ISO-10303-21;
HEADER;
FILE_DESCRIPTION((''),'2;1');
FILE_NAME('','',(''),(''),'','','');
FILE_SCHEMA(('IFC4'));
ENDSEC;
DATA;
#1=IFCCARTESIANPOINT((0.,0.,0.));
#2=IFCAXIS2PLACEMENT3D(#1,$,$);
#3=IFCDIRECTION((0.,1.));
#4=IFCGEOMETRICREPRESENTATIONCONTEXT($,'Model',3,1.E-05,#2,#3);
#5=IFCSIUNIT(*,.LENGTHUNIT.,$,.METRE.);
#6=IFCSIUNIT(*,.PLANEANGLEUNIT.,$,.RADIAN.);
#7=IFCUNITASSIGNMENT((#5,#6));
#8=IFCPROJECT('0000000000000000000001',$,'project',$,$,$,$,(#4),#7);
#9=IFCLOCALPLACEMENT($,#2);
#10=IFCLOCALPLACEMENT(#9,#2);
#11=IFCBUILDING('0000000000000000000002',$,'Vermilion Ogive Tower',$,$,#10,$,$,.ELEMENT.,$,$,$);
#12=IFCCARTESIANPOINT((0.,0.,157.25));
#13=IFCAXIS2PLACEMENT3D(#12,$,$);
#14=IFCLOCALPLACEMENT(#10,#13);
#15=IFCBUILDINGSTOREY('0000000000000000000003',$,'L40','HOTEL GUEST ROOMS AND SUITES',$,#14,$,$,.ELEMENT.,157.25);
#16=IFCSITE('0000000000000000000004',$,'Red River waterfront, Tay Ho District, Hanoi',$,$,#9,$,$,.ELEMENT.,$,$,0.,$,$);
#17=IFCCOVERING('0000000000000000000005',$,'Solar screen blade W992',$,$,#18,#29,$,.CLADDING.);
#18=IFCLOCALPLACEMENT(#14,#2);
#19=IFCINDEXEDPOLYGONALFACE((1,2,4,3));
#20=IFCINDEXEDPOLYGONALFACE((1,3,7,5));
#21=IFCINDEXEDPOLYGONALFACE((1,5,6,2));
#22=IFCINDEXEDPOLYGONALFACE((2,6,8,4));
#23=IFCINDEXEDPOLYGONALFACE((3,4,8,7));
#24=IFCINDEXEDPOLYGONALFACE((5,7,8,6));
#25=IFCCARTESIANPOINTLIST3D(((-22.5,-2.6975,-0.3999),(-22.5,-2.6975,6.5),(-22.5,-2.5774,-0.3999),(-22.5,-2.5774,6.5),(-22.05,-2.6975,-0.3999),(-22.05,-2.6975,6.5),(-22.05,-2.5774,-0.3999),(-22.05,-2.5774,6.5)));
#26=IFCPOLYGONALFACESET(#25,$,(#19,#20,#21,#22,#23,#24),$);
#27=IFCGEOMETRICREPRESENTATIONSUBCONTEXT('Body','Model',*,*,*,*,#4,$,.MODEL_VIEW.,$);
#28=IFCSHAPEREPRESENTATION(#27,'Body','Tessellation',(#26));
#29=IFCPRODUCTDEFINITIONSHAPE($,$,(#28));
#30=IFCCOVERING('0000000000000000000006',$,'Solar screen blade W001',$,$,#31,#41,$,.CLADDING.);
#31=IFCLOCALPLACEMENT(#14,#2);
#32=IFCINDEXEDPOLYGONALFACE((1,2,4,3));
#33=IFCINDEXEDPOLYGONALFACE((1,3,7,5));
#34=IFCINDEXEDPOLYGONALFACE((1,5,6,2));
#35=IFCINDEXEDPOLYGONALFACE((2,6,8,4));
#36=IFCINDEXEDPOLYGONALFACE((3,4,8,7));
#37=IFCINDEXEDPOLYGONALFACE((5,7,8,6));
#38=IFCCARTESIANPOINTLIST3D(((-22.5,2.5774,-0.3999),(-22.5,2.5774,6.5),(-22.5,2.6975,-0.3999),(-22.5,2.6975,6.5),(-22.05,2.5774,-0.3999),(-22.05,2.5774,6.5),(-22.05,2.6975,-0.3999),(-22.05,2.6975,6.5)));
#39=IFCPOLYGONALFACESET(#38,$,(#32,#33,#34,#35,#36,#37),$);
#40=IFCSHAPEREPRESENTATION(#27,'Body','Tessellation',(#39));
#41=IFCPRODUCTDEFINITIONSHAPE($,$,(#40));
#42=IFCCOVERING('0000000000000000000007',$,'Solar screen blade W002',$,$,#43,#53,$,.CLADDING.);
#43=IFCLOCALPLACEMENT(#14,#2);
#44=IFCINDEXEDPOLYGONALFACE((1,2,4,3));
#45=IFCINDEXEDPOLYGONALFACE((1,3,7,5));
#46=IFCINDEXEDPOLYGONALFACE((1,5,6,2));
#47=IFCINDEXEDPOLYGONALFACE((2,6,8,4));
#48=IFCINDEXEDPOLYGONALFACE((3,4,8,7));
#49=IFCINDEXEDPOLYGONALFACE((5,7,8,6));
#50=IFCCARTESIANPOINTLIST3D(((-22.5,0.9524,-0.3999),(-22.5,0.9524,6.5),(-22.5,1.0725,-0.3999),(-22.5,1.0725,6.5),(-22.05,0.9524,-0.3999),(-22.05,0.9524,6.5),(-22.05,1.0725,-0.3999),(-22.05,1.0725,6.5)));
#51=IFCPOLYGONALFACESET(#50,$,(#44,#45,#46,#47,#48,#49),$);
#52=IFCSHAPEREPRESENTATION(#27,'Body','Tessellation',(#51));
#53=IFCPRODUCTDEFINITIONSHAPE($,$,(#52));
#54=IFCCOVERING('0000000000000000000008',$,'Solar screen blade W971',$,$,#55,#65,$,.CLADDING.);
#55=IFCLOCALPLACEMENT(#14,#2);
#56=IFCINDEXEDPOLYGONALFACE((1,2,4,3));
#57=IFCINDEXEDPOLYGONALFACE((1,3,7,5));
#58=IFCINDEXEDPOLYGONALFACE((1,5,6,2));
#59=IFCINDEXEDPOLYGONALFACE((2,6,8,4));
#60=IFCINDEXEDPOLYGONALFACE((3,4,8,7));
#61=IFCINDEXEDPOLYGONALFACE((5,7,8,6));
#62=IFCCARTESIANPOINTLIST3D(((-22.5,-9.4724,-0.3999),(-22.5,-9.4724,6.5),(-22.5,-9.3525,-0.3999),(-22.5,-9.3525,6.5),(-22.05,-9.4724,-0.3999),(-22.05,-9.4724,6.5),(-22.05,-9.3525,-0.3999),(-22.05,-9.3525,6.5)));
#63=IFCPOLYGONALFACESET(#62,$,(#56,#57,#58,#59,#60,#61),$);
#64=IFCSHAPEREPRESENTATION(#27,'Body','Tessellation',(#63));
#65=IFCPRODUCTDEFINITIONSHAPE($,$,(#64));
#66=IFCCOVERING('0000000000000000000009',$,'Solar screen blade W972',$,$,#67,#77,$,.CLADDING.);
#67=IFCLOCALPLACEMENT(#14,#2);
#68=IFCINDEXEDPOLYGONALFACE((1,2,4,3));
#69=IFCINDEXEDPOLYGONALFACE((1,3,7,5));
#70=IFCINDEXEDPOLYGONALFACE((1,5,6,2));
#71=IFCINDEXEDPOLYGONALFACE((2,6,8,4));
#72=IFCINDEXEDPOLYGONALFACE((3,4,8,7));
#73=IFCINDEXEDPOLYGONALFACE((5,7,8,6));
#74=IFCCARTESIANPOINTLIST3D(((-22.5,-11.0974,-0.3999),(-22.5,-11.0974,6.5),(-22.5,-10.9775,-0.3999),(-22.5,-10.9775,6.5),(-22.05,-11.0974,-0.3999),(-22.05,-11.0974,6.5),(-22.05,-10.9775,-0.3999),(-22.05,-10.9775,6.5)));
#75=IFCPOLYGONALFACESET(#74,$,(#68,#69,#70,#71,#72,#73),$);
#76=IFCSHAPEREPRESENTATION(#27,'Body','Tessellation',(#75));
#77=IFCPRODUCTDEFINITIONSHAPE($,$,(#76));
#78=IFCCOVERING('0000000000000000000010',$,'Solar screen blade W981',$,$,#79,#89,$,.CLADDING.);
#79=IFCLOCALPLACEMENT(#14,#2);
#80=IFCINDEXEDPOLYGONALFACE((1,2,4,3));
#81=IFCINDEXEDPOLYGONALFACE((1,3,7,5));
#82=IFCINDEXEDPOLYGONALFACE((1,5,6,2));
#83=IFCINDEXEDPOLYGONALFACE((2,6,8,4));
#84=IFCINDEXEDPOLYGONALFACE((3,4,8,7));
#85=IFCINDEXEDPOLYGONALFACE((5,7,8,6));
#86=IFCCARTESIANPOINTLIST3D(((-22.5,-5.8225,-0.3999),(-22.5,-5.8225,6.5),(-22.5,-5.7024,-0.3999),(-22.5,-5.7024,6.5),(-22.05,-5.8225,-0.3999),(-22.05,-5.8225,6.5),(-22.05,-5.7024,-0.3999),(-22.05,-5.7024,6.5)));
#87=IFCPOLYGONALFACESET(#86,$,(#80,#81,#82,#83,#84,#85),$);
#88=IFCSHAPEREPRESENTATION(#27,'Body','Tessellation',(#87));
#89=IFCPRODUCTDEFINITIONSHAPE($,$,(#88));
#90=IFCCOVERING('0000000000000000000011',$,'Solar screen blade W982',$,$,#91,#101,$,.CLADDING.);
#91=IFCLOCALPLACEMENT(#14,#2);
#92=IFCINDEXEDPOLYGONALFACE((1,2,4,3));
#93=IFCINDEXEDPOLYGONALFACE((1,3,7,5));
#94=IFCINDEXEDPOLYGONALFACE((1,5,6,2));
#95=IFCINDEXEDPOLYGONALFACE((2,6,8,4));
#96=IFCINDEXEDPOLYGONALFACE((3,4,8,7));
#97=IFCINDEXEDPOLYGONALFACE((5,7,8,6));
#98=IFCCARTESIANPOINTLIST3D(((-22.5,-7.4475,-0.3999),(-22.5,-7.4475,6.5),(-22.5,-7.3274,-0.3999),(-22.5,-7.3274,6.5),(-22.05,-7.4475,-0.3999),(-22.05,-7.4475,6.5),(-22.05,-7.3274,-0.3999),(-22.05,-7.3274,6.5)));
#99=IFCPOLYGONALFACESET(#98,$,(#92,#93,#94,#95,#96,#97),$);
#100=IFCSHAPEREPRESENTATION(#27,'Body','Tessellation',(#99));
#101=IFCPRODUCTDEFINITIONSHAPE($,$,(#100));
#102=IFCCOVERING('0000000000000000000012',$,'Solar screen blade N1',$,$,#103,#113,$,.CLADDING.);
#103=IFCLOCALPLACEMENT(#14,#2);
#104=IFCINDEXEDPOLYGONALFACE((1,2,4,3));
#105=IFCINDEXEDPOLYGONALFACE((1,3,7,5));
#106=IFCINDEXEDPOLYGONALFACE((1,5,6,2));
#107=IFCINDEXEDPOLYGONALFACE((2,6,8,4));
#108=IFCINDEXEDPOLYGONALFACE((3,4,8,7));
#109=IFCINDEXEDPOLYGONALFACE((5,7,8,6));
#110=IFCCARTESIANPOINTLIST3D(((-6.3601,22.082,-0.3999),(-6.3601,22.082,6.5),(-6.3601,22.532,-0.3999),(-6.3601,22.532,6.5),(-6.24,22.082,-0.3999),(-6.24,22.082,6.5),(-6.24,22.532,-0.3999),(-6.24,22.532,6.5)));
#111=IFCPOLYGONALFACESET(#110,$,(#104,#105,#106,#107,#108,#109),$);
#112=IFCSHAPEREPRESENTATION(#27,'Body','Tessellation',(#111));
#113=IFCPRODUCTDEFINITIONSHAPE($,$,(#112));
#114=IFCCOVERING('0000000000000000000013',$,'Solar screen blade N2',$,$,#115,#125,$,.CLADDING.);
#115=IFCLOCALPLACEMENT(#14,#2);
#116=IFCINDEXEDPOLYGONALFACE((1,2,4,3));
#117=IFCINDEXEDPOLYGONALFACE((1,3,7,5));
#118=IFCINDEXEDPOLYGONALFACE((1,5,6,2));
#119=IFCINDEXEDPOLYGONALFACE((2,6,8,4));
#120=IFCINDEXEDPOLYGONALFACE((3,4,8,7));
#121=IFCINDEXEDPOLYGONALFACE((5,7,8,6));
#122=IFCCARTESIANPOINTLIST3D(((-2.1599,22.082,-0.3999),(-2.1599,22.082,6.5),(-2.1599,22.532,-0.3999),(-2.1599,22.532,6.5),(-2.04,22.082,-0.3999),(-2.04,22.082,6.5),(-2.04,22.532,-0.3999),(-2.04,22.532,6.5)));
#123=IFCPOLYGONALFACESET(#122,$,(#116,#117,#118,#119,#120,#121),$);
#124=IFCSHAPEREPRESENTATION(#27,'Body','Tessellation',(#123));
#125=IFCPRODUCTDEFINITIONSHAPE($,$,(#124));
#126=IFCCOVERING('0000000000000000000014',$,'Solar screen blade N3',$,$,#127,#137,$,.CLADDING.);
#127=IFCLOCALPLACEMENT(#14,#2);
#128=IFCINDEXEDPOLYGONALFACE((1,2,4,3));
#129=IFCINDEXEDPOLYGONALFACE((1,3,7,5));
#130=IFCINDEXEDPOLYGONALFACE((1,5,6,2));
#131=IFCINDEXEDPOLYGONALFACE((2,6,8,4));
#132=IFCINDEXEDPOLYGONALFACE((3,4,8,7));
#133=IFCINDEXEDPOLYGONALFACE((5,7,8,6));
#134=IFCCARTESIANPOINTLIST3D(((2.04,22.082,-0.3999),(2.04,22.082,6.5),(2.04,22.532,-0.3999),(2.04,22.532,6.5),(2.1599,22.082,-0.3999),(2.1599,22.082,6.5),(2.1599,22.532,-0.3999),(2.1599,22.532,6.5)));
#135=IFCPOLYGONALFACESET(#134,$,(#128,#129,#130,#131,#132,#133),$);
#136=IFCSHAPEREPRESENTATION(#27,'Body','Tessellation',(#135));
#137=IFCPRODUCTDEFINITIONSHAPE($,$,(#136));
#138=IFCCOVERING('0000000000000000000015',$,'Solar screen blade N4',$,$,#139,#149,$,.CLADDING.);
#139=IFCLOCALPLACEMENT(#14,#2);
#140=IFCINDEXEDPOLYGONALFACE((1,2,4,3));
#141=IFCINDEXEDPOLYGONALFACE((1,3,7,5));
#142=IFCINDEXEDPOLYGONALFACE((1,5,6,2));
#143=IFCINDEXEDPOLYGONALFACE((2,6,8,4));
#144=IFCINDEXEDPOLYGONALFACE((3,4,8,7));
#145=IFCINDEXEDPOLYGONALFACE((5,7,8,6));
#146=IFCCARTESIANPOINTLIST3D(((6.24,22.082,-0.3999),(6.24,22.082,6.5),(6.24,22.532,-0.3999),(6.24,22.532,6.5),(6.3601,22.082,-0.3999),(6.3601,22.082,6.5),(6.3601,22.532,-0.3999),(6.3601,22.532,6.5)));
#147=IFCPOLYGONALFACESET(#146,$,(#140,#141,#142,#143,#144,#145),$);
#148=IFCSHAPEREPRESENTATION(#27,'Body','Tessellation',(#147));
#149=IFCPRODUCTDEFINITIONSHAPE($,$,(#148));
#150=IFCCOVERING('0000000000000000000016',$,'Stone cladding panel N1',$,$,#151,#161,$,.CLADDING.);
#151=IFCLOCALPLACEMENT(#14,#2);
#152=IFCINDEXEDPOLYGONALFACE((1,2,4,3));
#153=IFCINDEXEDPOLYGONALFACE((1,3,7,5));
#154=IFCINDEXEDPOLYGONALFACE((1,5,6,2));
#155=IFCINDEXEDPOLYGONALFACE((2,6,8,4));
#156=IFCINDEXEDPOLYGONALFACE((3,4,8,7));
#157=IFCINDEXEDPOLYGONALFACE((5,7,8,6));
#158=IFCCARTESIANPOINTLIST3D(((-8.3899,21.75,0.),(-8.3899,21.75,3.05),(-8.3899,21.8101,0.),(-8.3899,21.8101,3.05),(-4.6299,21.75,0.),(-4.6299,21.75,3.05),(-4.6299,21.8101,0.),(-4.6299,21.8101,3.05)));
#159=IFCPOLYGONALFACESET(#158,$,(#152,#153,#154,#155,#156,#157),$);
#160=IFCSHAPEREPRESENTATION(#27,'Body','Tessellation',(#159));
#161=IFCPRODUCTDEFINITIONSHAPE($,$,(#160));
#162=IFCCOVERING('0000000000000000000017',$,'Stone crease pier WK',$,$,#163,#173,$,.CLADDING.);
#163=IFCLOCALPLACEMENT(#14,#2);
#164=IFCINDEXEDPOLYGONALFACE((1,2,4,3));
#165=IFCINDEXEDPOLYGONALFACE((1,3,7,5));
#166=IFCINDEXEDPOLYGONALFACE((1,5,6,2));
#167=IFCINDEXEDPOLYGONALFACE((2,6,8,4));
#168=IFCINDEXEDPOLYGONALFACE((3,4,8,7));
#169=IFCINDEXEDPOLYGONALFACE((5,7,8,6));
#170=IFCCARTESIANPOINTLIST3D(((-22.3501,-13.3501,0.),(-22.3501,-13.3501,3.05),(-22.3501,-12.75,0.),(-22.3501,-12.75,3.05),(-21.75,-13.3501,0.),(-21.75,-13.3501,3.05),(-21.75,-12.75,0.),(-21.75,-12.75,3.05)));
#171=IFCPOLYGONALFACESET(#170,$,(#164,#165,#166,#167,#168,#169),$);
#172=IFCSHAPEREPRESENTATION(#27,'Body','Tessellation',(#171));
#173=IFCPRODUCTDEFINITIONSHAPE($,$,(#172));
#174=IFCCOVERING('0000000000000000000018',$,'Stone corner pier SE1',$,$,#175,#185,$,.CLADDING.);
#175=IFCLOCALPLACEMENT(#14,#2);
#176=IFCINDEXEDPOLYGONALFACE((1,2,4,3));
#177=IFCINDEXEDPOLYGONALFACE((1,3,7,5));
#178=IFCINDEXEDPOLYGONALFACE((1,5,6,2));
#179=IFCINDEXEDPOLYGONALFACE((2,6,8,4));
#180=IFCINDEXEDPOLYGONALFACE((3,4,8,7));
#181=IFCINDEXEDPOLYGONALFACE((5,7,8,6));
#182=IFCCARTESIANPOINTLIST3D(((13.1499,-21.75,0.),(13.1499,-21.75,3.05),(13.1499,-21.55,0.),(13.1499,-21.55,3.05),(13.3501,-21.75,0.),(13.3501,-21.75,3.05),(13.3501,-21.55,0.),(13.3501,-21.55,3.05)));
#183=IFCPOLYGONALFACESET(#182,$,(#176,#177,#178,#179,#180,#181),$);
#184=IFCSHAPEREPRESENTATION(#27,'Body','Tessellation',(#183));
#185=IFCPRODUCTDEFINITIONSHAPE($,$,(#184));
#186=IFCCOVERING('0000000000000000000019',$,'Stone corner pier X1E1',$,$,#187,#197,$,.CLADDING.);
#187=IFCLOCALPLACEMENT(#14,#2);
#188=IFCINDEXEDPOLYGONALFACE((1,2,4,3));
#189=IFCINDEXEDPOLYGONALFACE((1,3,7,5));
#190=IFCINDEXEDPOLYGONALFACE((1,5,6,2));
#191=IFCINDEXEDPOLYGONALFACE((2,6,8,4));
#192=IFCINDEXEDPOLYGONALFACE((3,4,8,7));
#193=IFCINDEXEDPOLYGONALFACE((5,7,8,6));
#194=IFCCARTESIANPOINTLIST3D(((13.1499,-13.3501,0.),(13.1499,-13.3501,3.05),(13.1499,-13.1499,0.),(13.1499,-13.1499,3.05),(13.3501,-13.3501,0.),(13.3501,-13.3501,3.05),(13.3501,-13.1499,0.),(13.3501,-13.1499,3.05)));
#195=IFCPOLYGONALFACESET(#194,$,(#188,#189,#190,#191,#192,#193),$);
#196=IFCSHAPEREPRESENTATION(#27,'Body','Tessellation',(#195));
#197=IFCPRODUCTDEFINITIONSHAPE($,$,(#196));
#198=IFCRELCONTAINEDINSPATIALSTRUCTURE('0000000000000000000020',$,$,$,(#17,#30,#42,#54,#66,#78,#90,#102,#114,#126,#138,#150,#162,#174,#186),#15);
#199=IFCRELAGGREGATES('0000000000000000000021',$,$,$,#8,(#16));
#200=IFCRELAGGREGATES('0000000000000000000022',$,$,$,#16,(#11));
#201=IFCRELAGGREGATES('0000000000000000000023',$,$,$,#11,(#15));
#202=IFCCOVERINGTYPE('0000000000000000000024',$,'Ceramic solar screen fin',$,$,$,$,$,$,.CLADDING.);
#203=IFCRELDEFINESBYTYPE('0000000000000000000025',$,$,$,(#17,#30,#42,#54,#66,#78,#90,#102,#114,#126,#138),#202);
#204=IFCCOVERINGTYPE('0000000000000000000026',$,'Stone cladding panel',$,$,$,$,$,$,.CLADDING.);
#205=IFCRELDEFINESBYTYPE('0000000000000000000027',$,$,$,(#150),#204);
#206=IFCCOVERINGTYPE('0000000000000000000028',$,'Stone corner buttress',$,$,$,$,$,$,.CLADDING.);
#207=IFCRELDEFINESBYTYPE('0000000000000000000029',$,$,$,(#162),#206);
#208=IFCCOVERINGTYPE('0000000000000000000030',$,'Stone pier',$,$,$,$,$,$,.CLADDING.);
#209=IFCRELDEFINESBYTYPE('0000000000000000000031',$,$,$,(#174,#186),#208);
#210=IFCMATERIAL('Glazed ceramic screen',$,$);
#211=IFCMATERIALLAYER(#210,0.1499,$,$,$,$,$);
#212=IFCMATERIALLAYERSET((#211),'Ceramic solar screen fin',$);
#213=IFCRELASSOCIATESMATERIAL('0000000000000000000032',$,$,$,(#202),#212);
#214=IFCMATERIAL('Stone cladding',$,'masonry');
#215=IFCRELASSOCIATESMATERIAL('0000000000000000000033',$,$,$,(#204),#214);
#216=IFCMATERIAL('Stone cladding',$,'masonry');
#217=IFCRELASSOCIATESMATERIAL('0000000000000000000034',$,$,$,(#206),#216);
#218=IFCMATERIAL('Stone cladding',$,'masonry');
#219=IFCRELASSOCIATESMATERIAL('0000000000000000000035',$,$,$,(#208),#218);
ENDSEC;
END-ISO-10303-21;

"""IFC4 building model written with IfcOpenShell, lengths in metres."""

from ifc_helpers import new_model, si_unit, direction, frame, origin, place, context, subcontext, project, spatial, polyline, outline, extrude, material, layer, layer_set, type_object, element, save


model = new_model("IFC4")

# Units and contexts
model_context = context("Model", 3, precision=1e-05, world=origin(), true_north=direction((0.0, 1.0)))
body_context = subcontext(model_context, "Body", "Model", "MODEL_VIEW")
ifc_project = project(units=[si_unit("LENGTHUNIT", "METRE"), si_unit("PLANEANGLEUNIT", "RADIAN")], contexts=[model_context])

# Site, building, storey
site_placement = place(None, origin())
site = spatial("IfcSite", under=ifc_project, at=site_placement, Name="Red River waterfront, Tay Ho District, Hanoi", CompositionType="ELEMENT", RefElevation=0.0)
building_placement = place(site_placement, origin())
building = spatial("IfcBuilding", under=site, at=building_placement, Name="Vermilion Ogive Tower", CompositionType="ELEMENT")
storey_placement = place(building_placement, frame((0.0, 0.0, 157.25)))
storey = spatial("IfcBuildingStorey", under=building, at=storey_placement, Name="L40", Description="HOTEL GUEST ROOMS AND SUITES", CompositionType="ELEMENT", Elevation=157.25)

# Coverings
ifc_material_1 = material(Name="Glazed ceramic screen")
ifc_layer = layer(ifc_material_1, 0.1499)
ifc_layer_set = layer_set([ifc_layer], Name="Ceramic solar screen fin")
covering_type_1 = type_object("IfcCoveringType", Name="Ceramic solar screen fin", PredefinedType="CLADDING", material=ifc_layer_set)
covering_1_placement = place(storey_placement, frame((0.0, 0.0, -0.3999)))
element("IfcCovering", 1, at=covering_1_placement, inside=storey, type_object=covering_type_1, Name="Solar screen blade W992", PredefinedType="CLADDING", context=body_context, shape_type="SweptSolid", body=[
    extrude(outline(polyline([(-22.5, -2.5774), (-22.5, -2.6975), (-22.05, -2.6975), (-22.05, -2.5774), (-22.5, -2.5774)])), origin(), (0.0, 0.0, 1.0), 6.8999),
])
covering_2_placement = place(storey_placement, frame((0.0, 0.0, -0.3999)))
element("IfcCovering", 2, at=covering_2_placement, inside=storey, type_object=covering_type_1, Name="Solar screen blade W001", PredefinedType="CLADDING", context=body_context, shape_type="SweptSolid", body=[
    extrude(outline(polyline([(-22.5, 2.6975), (-22.5, 2.5774), (-22.05, 2.5774), (-22.05, 2.6975), (-22.5, 2.6975)])), origin(), (0.0, 0.0, 1.0), 6.8999),
])
covering_3_placement = place(storey_placement, frame((0.0, 0.0, -0.3999)))
element("IfcCovering", 3, at=covering_3_placement, inside=storey, type_object=covering_type_1, Name="Solar screen blade W002", PredefinedType="CLADDING", context=body_context, shape_type="SweptSolid", body=[
    extrude(outline(polyline([(-22.5, 1.0725), (-22.5, 0.9524), (-22.05, 0.9524), (-22.05, 1.0725), (-22.5, 1.0725)])), origin(), (0.0, 0.0, 1.0), 6.8999),
])
covering_4_placement = place(storey_placement, frame((0.0, 0.0, -0.3999)))
element("IfcCovering", 4, at=covering_4_placement, inside=storey, type_object=covering_type_1, Name="Solar screen blade W971", PredefinedType="CLADDING", context=body_context, shape_type="SweptSolid", body=[
    extrude(outline(polyline([(-22.5, -9.3525), (-22.5, -9.4724), (-22.05, -9.4724), (-22.05, -9.3525), (-22.5, -9.3525)])), origin(), (0.0, 0.0, 1.0), 6.8999),
])
covering_5_placement = place(storey_placement, frame((0.0, 0.0, -0.3999)))
element("IfcCovering", 5, at=covering_5_placement, inside=storey, type_object=covering_type_1, Name="Solar screen blade W972", PredefinedType="CLADDING", context=body_context, shape_type="SweptSolid", body=[
    extrude(outline(polyline([(-22.5, -10.9775), (-22.5, -11.0974), (-22.05, -11.0974), (-22.05, -10.9775), (-22.5, -10.9775)])), origin(), (0.0, 0.0, 1.0), 6.8999),
])
covering_6_placement = place(storey_placement, frame((0.0, 0.0, -0.3999)))
element("IfcCovering", 6, at=covering_6_placement, inside=storey, type_object=covering_type_1, Name="Solar screen blade W981", PredefinedType="CLADDING", context=body_context, shape_type="SweptSolid", body=[
    extrude(outline(polyline([(-22.5, -5.7024), (-22.5, -5.8225), (-22.05, -5.8225), (-22.05, -5.7024), (-22.5, -5.7024)])), origin(), (0.0, 0.0, 1.0), 6.8999),
])
covering_7_placement = place(storey_placement, frame((0.0, 0.0, -0.3999)))
element("IfcCovering", 7, at=covering_7_placement, inside=storey, type_object=covering_type_1, Name="Solar screen blade W982", PredefinedType="CLADDING", context=body_context, shape_type="SweptSolid", body=[
    extrude(outline(polyline([(-22.5, -7.3274), (-22.5, -7.4475), (-22.05, -7.4475), (-22.05, -7.3274), (-22.5, -7.3274)])), origin(), (0.0, 0.0, 1.0), 6.8999),
])
covering_8_placement = place(storey_placement, frame((0.0, 0.0, -0.3999)))
element("IfcCovering", 8, at=covering_8_placement, inside=storey, type_object=covering_type_1, Name="Solar screen blade N1", PredefinedType="CLADDING", context=body_context, shape_type="SweptSolid", body=[
    extrude(outline(polyline([(-6.3601, 22.082), (-6.24, 22.082), (-6.24, 22.532), (-6.3601, 22.532), (-6.3601, 22.082)])), origin(), (0.0, 0.0, 1.0), 6.8999),
])
covering_9_placement = place(storey_placement, frame((0.0, 0.0, -0.3999)))
element("IfcCovering", 9, at=covering_9_placement, inside=storey, type_object=covering_type_1, Name="Solar screen blade N2", PredefinedType="CLADDING", context=body_context, shape_type="SweptSolid", body=[
    extrude(outline(polyline([(-2.1599, 22.082), (-2.04, 22.082), (-2.04, 22.532), (-2.1599, 22.532), (-2.1599, 22.082)])), origin(), (0.0, 0.0, 1.0), 6.8999),
])
covering_10_placement = place(storey_placement, frame((0.0, 0.0, -0.3999)))
element("IfcCovering", 10, at=covering_10_placement, inside=storey, type_object=covering_type_1, Name="Solar screen blade N3", PredefinedType="CLADDING", context=body_context, shape_type="SweptSolid", body=[
    extrude(outline(polyline([(2.04, 22.082), (2.1599, 22.082), (2.1599, 22.532), (2.04, 22.532), (2.04, 22.082)])), origin(), (0.0, 0.0, 1.0), 6.8999),
])
covering_11_placement = place(storey_placement, frame((0.0, 0.0, -0.3999)))
element("IfcCovering", 11, at=covering_11_placement, inside=storey, type_object=covering_type_1, Name="Solar screen blade N4", PredefinedType="CLADDING", context=body_context, shape_type="SweptSolid", body=[
    extrude(outline(polyline([(6.24, 22.082), (6.3601, 22.082), (6.3601, 22.532), (6.24, 22.532), (6.24, 22.082)])), origin(), (0.0, 0.0, 1.0), 6.8999),
])
ifc_material_2 = material(Name="Stone cladding", Category="masonry")
covering_type_2 = type_object("IfcCoveringType", Name="Stone cladding panel", PredefinedType="CLADDING", material=ifc_material_2)
covering_12_placement = place(storey_placement, origin())
element("IfcCovering", 12, at=covering_12_placement, inside=storey, type_object=covering_type_2, Name="Stone cladding panel N1", PredefinedType="CLADDING", context=body_context, shape_type="SweptSolid", body=[
    extrude(outline(polyline([(-8.3899, 21.75), (-4.6299, 21.75), (-4.6299, 21.8101), (-8.3899, 21.8101), (-8.3899, 21.75)])), origin(), (0.0, 0.0, 1.0), 3.05),
])
ifc_material_3 = material(Name="Stone cladding", Category="masonry")
covering_type_3 = type_object("IfcCoveringType", Name="Stone corner buttress", PredefinedType="CLADDING", material=ifc_material_3)
covering_13_placement = place(storey_placement, origin())
element("IfcCovering", 13, at=covering_13_placement, inside=storey, type_object=covering_type_3, Name="Stone crease pier WK", PredefinedType="CLADDING", context=body_context, shape_type="SweptSolid", body=[
    extrude(outline(polyline([(-22.3501, -12.75), (-22.3501, -13.3501), (-21.75, -13.3501), (-21.75, -12.75), (-22.3501, -12.75)])), origin(), (0.0, 0.0, 1.0), 3.05),
])
ifc_material_4 = material(Name="Stone cladding", Category="masonry")
covering_type_4 = type_object("IfcCoveringType", Name="Stone pier", PredefinedType="CLADDING", material=ifc_material_4)
covering_14_placement = place(storey_placement, origin())
element("IfcCovering", 14, at=covering_14_placement, inside=storey, type_object=covering_type_4, Name="Stone corner pier SE1", PredefinedType="CLADDING", context=body_context, shape_type="SweptSolid", body=[
    extrude(outline(polyline([(13.1499, -21.75), (13.1499, -21.55), (13.3501, -21.55), (13.3501, -21.75), (13.1499, -21.75)])), origin(), (0.0, 0.0, 1.0), 3.05),
])
covering_15_placement = place(storey_placement, origin())
element("IfcCovering", 15, at=covering_15_placement, inside=storey, type_object=covering_type_4, Name="Stone corner pier X1E1", PredefinedType="CLADDING", context=body_context, shape_type="SweptSolid", body=[
    extrude(outline(polyline([(13.1499, -13.1499), (13.3501, -13.1499), (13.3501, -13.3501), (13.1499, -13.3501), (13.1499, -13.1499)])), origin(), (0.0, 0.0, 1.0), 3.05),
])

save(model, "model.ifc")
